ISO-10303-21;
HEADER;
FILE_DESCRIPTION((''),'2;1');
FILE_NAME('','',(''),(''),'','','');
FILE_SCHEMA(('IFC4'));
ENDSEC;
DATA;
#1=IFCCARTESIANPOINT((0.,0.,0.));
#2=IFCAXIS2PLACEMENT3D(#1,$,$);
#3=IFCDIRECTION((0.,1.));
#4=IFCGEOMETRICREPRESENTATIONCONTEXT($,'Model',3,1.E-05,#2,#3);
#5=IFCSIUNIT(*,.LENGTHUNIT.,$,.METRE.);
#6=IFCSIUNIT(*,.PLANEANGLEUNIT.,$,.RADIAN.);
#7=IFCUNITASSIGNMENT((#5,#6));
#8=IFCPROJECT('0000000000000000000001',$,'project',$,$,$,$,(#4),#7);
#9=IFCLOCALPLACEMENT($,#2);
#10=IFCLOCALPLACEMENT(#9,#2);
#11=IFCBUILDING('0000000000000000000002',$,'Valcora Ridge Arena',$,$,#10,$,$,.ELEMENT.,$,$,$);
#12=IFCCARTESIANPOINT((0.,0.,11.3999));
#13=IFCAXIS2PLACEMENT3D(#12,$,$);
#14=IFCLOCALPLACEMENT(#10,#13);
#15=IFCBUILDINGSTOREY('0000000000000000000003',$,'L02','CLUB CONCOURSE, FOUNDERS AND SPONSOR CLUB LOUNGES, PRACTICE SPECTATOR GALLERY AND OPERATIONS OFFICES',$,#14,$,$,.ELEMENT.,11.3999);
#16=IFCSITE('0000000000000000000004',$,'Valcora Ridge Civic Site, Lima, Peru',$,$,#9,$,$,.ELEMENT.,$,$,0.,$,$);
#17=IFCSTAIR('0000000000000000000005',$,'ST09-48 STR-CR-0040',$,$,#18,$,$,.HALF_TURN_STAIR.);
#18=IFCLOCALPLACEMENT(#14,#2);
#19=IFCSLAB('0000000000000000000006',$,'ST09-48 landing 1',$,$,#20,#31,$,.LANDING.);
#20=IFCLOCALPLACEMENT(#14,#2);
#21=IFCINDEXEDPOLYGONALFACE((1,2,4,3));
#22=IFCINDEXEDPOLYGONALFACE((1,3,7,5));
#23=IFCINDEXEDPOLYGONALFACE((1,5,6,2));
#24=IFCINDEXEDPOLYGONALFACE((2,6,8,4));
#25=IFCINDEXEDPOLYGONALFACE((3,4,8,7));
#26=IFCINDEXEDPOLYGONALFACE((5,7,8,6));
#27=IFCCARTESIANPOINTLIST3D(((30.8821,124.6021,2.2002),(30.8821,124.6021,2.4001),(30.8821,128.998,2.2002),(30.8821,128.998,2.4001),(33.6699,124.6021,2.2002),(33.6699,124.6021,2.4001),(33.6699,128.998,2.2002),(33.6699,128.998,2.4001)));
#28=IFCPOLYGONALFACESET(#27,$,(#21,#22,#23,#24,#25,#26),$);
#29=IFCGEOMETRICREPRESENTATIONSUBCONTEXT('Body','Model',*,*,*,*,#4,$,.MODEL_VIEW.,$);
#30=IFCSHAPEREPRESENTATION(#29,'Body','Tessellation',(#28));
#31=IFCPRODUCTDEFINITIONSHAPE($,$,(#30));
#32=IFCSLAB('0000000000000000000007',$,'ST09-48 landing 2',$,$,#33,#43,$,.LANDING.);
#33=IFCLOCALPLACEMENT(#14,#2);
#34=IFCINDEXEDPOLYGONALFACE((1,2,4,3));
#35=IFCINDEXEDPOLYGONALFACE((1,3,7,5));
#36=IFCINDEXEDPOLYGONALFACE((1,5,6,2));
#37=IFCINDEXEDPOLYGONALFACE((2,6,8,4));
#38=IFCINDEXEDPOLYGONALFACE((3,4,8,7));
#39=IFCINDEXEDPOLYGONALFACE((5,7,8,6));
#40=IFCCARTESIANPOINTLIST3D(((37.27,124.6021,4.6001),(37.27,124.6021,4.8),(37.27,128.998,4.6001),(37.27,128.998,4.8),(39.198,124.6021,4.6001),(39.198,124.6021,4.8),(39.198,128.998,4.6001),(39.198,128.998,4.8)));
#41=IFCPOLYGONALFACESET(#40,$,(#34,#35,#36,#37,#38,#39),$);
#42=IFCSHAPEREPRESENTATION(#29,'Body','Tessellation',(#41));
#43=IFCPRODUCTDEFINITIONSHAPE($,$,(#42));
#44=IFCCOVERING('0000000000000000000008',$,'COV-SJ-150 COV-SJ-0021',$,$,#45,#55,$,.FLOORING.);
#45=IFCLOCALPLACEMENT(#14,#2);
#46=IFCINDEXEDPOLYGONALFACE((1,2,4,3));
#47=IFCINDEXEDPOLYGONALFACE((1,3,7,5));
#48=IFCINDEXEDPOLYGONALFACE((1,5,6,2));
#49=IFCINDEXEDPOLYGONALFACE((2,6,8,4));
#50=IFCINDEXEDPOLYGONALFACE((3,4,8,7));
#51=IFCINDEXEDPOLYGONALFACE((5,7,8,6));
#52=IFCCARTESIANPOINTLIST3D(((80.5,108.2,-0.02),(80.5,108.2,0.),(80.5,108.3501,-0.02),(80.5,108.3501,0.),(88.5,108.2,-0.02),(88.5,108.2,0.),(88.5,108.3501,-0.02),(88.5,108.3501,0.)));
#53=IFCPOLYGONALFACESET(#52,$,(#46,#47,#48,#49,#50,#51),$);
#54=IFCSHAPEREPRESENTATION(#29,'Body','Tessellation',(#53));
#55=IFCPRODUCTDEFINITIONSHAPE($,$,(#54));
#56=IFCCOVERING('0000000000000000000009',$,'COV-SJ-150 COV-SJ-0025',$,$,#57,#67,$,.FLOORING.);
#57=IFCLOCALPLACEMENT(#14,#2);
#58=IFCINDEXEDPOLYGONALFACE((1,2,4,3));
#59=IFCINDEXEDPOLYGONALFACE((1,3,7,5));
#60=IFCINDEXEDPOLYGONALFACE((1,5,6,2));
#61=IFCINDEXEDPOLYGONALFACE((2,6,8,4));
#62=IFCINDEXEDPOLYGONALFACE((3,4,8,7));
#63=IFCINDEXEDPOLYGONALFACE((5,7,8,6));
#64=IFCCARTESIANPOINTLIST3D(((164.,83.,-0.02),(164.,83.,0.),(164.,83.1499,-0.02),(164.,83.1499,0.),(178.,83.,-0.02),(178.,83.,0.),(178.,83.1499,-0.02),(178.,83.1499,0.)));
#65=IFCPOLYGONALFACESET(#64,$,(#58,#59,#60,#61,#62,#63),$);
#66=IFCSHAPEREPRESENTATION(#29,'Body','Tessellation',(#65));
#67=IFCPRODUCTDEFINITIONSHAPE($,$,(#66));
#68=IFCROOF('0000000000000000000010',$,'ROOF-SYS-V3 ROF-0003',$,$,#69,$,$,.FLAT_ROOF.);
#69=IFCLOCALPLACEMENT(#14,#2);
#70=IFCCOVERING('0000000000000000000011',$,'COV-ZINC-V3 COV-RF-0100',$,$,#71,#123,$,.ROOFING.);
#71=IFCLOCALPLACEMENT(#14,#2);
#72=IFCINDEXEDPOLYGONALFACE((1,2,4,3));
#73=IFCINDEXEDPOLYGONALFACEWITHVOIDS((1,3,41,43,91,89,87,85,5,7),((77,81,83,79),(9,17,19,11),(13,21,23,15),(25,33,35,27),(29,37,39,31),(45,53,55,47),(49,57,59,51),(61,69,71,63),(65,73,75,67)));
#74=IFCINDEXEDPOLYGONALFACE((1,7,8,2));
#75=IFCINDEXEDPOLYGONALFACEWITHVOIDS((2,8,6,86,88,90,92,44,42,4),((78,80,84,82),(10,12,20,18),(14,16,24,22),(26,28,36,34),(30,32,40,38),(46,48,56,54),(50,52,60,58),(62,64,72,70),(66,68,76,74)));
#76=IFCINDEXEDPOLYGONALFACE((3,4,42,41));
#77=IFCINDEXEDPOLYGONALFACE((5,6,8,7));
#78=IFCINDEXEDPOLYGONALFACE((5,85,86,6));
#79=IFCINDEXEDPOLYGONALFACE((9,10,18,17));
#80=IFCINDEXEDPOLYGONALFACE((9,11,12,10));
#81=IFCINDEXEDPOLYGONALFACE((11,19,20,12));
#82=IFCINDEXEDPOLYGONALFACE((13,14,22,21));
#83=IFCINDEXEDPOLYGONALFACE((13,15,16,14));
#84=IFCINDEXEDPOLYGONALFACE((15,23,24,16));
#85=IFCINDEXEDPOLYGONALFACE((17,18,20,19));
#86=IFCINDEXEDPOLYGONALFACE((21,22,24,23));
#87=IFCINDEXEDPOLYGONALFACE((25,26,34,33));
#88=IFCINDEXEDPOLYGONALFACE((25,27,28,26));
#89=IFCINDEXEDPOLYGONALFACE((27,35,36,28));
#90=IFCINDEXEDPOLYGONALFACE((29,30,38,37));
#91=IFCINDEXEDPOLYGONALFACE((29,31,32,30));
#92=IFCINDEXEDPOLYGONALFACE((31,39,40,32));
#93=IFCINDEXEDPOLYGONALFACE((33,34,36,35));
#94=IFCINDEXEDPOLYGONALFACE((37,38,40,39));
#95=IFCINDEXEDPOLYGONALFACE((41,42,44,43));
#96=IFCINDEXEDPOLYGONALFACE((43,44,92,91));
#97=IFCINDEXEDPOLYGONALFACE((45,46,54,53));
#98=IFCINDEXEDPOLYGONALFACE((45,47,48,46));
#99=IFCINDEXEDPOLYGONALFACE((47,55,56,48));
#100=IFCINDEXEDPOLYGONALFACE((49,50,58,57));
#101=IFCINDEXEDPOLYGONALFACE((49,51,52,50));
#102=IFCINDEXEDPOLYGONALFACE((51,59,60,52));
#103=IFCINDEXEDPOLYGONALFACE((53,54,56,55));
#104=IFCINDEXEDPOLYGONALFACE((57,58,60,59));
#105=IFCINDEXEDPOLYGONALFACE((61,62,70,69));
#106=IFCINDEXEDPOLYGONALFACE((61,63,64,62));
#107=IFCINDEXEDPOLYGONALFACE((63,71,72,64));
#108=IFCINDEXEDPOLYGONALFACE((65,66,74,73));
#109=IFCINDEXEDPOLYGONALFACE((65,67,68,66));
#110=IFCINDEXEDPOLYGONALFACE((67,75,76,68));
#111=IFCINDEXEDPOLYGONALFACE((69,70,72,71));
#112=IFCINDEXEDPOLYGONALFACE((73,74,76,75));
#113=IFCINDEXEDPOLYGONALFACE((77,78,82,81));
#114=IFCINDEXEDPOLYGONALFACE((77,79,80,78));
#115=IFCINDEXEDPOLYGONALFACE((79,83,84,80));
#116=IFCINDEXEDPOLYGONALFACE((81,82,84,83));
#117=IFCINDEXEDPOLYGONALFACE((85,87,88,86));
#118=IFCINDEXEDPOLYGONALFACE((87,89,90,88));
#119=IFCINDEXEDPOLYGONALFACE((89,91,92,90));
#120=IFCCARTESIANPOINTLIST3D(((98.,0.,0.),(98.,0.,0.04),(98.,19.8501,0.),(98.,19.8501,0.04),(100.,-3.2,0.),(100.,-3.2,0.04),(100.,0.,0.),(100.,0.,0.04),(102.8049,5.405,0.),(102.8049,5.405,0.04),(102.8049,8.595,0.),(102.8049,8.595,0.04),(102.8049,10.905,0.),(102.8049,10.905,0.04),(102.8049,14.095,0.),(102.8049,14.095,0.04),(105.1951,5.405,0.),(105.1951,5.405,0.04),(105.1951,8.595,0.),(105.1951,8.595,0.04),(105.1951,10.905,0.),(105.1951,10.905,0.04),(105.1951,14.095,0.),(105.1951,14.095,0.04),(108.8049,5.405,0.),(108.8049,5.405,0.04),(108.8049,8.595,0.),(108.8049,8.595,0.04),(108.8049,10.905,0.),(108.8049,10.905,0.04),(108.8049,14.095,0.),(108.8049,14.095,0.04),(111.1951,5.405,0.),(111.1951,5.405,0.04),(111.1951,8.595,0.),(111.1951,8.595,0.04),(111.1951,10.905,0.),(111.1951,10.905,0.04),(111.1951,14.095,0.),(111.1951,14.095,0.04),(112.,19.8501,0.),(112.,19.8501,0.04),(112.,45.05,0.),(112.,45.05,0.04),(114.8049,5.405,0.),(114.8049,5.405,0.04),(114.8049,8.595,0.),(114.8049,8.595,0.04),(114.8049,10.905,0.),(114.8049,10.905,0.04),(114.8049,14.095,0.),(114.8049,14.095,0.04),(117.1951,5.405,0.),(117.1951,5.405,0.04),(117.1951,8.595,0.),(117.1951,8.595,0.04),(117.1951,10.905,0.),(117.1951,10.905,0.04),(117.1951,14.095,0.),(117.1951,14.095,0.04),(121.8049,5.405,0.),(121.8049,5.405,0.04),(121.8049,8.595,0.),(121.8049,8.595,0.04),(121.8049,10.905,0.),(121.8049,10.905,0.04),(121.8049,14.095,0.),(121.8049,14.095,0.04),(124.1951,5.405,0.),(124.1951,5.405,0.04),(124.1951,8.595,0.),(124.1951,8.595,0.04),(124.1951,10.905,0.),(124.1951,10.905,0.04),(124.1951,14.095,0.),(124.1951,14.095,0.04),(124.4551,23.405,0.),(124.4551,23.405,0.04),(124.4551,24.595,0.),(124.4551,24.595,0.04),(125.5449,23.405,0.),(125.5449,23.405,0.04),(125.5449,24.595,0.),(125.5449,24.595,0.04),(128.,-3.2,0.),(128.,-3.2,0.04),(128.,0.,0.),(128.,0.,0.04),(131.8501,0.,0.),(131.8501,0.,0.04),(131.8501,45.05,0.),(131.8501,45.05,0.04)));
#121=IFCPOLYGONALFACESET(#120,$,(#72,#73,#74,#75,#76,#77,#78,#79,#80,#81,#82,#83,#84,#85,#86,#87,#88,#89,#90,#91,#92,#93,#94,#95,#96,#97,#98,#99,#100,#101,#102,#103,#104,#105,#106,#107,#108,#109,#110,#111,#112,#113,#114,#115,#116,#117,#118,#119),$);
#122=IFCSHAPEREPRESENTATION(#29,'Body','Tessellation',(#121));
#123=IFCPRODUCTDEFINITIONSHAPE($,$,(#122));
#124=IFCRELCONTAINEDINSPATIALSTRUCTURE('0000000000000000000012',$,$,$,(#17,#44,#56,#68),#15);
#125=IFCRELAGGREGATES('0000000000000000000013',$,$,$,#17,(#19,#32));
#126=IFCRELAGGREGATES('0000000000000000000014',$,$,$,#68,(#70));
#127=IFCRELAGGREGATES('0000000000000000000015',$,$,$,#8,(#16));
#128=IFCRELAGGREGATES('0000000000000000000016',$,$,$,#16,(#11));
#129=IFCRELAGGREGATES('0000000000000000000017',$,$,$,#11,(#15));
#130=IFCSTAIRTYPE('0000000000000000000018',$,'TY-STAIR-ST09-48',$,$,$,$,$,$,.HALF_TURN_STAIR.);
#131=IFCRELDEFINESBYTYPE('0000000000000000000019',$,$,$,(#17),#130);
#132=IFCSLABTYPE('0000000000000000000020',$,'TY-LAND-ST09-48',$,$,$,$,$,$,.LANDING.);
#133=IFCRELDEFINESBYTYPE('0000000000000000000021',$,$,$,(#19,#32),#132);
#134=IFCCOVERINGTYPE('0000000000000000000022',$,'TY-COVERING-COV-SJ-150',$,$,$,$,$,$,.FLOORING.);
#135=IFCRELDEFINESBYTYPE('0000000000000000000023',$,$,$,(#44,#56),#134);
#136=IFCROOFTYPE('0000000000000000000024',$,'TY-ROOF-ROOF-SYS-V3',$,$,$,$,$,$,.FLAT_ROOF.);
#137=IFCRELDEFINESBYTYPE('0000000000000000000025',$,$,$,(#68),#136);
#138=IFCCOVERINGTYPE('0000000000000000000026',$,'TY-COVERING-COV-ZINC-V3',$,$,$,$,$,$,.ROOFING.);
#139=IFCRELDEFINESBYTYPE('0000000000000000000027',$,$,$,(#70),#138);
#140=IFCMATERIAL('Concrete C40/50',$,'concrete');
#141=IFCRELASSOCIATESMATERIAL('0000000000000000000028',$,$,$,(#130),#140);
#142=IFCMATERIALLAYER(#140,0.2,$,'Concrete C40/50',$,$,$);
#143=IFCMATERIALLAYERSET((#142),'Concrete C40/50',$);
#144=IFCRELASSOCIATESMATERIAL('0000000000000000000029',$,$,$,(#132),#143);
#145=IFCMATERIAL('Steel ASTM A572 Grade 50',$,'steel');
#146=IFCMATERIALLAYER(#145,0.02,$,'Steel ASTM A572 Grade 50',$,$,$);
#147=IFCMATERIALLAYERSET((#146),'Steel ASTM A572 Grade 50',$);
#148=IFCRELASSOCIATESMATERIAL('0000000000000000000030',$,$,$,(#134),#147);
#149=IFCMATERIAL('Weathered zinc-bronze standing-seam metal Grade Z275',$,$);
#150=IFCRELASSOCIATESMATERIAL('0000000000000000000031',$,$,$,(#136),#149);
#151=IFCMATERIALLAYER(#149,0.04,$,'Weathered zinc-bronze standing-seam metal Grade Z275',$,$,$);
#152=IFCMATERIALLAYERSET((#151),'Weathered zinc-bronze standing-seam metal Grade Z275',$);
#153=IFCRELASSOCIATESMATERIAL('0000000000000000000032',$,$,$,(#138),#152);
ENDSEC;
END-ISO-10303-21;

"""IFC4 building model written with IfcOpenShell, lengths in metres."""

from ifc_helpers import new_model, si_unit, direction, frame, origin, place, context, subcontext, project, spatial, polyline, outline, extrude, material, layer, layer_set, type_object, element, aggregate, save


model = new_model("IFC4")

# Units and contexts
model_context = context("Model", 3, precision=1e-05, world=origin(), true_north=direction((0.0, 1.0)))
body_context = subcontext(model_context, "Body", "Model", "MODEL_VIEW")
ifc_project = project(units=[si_unit("LENGTHUNIT", "METRE"), si_unit("PLANEANGLEUNIT", "RADIAN")], contexts=[model_context])

# Site, building, storey
site_placement = place(None, origin())
site = spatial("IfcSite", under=ifc_project, at=site_placement, Name="Valcora Ridge Civic Site, Lima, Peru", CompositionType="ELEMENT", RefElevation=0.0)
building_placement = place(site_placement, origin())
building = spatial("IfcBuilding", under=site, at=building_placement, Name="Valcora Ridge Arena", CompositionType="ELEMENT")
storey_placement = place(building_placement, frame((0.0, 0.0, 11.3999)))
storey = spatial("IfcBuildingStorey", under=building, at=storey_placement, Name="L02", Description="CLUB CONCOURSE, FOUNDERS AND SPONSOR CLUB LOUNGES, PRACTICE SPECTATOR GALLERY AND OPERATIONS OFFICES", CompositionType="ELEMENT", Elevation=11.3999)

# Stair, slabs
ifc_material_1 = material(Name="Concrete C40/50", Category="concrete")
stair_type_1 = type_object("IfcStairType", Name="TY-STAIR-ST09-48", PredefinedType="HALF_TURN_STAIR", material=ifc_material_1)
stair_1_placement = place(storey_placement, origin())
stair_1 = element("IfcStair", 1, at=stair_1_placement, inside=storey, type_object=stair_type_1, Name="ST09-48 STR-CR-0040", PredefinedType="HALF_TURN_STAIR")
ifc_layer_1 = layer(ifc_material_1, 0.2, Name="Concrete C40/50")
ifc_layer_set_1 = layer_set([ifc_layer_1], Name="Concrete C40/50")
slab_type_1 = type_object("IfcSlabType", Name="TY-LAND-ST09-48", PredefinedType="LANDING", material=ifc_layer_set_1)
slab_1_placement = place(storey_placement, frame((0.0, 0.0, 2.2002)))
slab_1 = element("IfcSlab", 2, at=slab_1_placement, type_object=slab_type_1, Name="ST09-48 landing 1", PredefinedType="LANDING", context=body_context, shape_type="SweptSolid", body=[
    extrude(outline(polyline([(30.8821, 124.6021), (33.6699, 124.6021), (33.6699, 128.998), (30.8821, 128.998), (30.8821, 124.6021)])), origin(), (0.0, 0.0, 1.0), 0.2),
])
slab_2_placement = place(storey_placement, frame((0.0, 0.0, 4.6001)))
slab_2 = element("IfcSlab", 3, at=slab_2_placement, type_object=slab_type_1, Name="ST09-48 landing 2", PredefinedType="LANDING", context=body_context, shape_type="SweptSolid", body=[
    extrude(outline(polyline([(37.27, 124.6021), (39.198, 124.6021), (39.198, 128.998), (37.27, 128.998), (37.27, 124.6021)])), origin(), (0.0, 0.0, 1.0), 0.2),
])
aggregate(stair_1, [slab_1, slab_2])

# Coverings
ifc_material_2 = material(Name="Steel ASTM A572 Grade 50", Category="steel")
ifc_layer_2 = layer(ifc_material_2, 0.02, Name="Steel ASTM A572 Grade 50")
ifc_layer_set_2 = layer_set([ifc_layer_2], Name="Steel ASTM A572 Grade 50")
covering_type_1 = type_object("IfcCoveringType", Name="TY-COVERING-COV-SJ-150", PredefinedType="FLOORING", material=ifc_layer_set_2)
covering_1_placement = place(storey_placement, frame((0.0, 0.0, -0.02)))
element("IfcCovering", 4, at=covering_1_placement, inside=storey, type_object=covering_type_1, Name="COV-SJ-150 COV-SJ-0021", PredefinedType="FLOORING", context=body_context, shape_type="SweptSolid", body=[
    extrude(outline(polyline([(80.5, 108.2), (88.5, 108.2), (88.5, 108.3501), (80.5, 108.3501), (80.5, 108.2)])), origin(), (0.0, 0.0, 1.0), 0.02),
])
covering_2_placement = place(storey_placement, frame((0.0, 0.0, -0.02)))
element("IfcCovering", 5, at=covering_2_placement, inside=storey, type_object=covering_type_1, Name="COV-SJ-150 COV-SJ-0025", PredefinedType="FLOORING", context=body_context, shape_type="SweptSolid", body=[
    extrude(outline(polyline([(164.0, 83.0), (178.0, 83.0), (178.0, 83.1499), (164.0, 83.1499), (164.0, 83.0)])), origin(), (0.0, 0.0, 1.0), 0.02),
])

# Roof, covering
ifc_material_3 = material(Name="Weathered zinc-bronze standing-seam metal Grade Z275")
roof_type = type_object("IfcRoofType", Name="TY-ROOF-ROOF-SYS-V3", PredefinedType="FLAT_ROOF", material=ifc_material_3)
roof_placement = place(storey_placement, origin())
roof = element("IfcRoof", 6, at=roof_placement, inside=storey, type_object=roof_type, Name="ROOF-SYS-V3 ROF-0003", PredefinedType="FLAT_ROOF")
ifc_layer_3 = layer(ifc_material_3, 0.04, Name="Weathered zinc-bronze standing-seam metal Grade Z275")
ifc_layer_set_3 = layer_set([ifc_layer_3], Name="Weathered zinc-bronze standing-seam metal Grade Z275")
covering_type_2 = type_object("IfcCoveringType", Name="TY-COVERING-COV-ZINC-V3", PredefinedType="ROOFING", material=ifc_layer_set_3)
covering_3_placement = place(storey_placement, origin())
covering_3 = element("IfcCovering", 7, at=covering_3_placement, type_object=covering_type_2, Name="COV-ZINC-V3 COV-RF-0100", PredefinedType="ROOFING", context=body_context, shape_type="SweptSolid", body=[
    extrude(outline(polyline([(128.0, -3.2), (128.0, 0.0), (131.8501, 0.0), (131.8501, 45.05), (112.0, 45.05), (112.0, 19.8501), (98.0, 19.8501), (98.0, 0.0), (100.0, 0.0), (100.0, -3.2), (128.0, -3.2)]), holes=[polyline([(102.8049, 8.595), (102.8049, 5.405), (105.1951, 5.405), (105.1951, 8.595), (102.8049, 8.595)]), polyline([(108.8049, 8.595), (108.8049, 5.405), (111.1951, 5.405), (111.1951, 8.595), (108.8049, 8.595)]), polyline([(114.8049, 8.595), (114.8049, 5.405), (117.1951, 5.405), (117.1951, 8.595), (114.8049, 8.595)]), polyline([(121.8049, 8.595), (121.8049, 5.405), (124.1951, 5.405), (124.1951, 8.595), (121.8049, 8.595)]), polyline([(102.8049, 14.095), (102.8049, 10.905), (105.1951, 10.905), (105.1951, 14.095), (102.8049, 14.095)]), polyline([(108.8049, 14.095), (108.8049, 10.905), (111.1951, 10.905), (111.1951, 14.095), (108.8049, 14.095)]), polyline([(114.8049, 14.095), (114.8049, 10.905), (117.1951, 10.905), (117.1951, 14.095), (114.8049, 14.095)]), polyline([(124.1951, 14.095), (121.8049, 14.095), (121.8049, 10.905), (124.1951, 10.905), (124.1951, 14.095)]), polyline([(125.5449, 24.595), (124.4551, 24.595), (124.4551, 23.405), (125.5449, 23.405), (125.5449, 24.595)])]), origin(), (0.0, 0.0, 1.0), 0.04),
])
aggregate(roof, [covering_3])

save(model, "model.ifc")
